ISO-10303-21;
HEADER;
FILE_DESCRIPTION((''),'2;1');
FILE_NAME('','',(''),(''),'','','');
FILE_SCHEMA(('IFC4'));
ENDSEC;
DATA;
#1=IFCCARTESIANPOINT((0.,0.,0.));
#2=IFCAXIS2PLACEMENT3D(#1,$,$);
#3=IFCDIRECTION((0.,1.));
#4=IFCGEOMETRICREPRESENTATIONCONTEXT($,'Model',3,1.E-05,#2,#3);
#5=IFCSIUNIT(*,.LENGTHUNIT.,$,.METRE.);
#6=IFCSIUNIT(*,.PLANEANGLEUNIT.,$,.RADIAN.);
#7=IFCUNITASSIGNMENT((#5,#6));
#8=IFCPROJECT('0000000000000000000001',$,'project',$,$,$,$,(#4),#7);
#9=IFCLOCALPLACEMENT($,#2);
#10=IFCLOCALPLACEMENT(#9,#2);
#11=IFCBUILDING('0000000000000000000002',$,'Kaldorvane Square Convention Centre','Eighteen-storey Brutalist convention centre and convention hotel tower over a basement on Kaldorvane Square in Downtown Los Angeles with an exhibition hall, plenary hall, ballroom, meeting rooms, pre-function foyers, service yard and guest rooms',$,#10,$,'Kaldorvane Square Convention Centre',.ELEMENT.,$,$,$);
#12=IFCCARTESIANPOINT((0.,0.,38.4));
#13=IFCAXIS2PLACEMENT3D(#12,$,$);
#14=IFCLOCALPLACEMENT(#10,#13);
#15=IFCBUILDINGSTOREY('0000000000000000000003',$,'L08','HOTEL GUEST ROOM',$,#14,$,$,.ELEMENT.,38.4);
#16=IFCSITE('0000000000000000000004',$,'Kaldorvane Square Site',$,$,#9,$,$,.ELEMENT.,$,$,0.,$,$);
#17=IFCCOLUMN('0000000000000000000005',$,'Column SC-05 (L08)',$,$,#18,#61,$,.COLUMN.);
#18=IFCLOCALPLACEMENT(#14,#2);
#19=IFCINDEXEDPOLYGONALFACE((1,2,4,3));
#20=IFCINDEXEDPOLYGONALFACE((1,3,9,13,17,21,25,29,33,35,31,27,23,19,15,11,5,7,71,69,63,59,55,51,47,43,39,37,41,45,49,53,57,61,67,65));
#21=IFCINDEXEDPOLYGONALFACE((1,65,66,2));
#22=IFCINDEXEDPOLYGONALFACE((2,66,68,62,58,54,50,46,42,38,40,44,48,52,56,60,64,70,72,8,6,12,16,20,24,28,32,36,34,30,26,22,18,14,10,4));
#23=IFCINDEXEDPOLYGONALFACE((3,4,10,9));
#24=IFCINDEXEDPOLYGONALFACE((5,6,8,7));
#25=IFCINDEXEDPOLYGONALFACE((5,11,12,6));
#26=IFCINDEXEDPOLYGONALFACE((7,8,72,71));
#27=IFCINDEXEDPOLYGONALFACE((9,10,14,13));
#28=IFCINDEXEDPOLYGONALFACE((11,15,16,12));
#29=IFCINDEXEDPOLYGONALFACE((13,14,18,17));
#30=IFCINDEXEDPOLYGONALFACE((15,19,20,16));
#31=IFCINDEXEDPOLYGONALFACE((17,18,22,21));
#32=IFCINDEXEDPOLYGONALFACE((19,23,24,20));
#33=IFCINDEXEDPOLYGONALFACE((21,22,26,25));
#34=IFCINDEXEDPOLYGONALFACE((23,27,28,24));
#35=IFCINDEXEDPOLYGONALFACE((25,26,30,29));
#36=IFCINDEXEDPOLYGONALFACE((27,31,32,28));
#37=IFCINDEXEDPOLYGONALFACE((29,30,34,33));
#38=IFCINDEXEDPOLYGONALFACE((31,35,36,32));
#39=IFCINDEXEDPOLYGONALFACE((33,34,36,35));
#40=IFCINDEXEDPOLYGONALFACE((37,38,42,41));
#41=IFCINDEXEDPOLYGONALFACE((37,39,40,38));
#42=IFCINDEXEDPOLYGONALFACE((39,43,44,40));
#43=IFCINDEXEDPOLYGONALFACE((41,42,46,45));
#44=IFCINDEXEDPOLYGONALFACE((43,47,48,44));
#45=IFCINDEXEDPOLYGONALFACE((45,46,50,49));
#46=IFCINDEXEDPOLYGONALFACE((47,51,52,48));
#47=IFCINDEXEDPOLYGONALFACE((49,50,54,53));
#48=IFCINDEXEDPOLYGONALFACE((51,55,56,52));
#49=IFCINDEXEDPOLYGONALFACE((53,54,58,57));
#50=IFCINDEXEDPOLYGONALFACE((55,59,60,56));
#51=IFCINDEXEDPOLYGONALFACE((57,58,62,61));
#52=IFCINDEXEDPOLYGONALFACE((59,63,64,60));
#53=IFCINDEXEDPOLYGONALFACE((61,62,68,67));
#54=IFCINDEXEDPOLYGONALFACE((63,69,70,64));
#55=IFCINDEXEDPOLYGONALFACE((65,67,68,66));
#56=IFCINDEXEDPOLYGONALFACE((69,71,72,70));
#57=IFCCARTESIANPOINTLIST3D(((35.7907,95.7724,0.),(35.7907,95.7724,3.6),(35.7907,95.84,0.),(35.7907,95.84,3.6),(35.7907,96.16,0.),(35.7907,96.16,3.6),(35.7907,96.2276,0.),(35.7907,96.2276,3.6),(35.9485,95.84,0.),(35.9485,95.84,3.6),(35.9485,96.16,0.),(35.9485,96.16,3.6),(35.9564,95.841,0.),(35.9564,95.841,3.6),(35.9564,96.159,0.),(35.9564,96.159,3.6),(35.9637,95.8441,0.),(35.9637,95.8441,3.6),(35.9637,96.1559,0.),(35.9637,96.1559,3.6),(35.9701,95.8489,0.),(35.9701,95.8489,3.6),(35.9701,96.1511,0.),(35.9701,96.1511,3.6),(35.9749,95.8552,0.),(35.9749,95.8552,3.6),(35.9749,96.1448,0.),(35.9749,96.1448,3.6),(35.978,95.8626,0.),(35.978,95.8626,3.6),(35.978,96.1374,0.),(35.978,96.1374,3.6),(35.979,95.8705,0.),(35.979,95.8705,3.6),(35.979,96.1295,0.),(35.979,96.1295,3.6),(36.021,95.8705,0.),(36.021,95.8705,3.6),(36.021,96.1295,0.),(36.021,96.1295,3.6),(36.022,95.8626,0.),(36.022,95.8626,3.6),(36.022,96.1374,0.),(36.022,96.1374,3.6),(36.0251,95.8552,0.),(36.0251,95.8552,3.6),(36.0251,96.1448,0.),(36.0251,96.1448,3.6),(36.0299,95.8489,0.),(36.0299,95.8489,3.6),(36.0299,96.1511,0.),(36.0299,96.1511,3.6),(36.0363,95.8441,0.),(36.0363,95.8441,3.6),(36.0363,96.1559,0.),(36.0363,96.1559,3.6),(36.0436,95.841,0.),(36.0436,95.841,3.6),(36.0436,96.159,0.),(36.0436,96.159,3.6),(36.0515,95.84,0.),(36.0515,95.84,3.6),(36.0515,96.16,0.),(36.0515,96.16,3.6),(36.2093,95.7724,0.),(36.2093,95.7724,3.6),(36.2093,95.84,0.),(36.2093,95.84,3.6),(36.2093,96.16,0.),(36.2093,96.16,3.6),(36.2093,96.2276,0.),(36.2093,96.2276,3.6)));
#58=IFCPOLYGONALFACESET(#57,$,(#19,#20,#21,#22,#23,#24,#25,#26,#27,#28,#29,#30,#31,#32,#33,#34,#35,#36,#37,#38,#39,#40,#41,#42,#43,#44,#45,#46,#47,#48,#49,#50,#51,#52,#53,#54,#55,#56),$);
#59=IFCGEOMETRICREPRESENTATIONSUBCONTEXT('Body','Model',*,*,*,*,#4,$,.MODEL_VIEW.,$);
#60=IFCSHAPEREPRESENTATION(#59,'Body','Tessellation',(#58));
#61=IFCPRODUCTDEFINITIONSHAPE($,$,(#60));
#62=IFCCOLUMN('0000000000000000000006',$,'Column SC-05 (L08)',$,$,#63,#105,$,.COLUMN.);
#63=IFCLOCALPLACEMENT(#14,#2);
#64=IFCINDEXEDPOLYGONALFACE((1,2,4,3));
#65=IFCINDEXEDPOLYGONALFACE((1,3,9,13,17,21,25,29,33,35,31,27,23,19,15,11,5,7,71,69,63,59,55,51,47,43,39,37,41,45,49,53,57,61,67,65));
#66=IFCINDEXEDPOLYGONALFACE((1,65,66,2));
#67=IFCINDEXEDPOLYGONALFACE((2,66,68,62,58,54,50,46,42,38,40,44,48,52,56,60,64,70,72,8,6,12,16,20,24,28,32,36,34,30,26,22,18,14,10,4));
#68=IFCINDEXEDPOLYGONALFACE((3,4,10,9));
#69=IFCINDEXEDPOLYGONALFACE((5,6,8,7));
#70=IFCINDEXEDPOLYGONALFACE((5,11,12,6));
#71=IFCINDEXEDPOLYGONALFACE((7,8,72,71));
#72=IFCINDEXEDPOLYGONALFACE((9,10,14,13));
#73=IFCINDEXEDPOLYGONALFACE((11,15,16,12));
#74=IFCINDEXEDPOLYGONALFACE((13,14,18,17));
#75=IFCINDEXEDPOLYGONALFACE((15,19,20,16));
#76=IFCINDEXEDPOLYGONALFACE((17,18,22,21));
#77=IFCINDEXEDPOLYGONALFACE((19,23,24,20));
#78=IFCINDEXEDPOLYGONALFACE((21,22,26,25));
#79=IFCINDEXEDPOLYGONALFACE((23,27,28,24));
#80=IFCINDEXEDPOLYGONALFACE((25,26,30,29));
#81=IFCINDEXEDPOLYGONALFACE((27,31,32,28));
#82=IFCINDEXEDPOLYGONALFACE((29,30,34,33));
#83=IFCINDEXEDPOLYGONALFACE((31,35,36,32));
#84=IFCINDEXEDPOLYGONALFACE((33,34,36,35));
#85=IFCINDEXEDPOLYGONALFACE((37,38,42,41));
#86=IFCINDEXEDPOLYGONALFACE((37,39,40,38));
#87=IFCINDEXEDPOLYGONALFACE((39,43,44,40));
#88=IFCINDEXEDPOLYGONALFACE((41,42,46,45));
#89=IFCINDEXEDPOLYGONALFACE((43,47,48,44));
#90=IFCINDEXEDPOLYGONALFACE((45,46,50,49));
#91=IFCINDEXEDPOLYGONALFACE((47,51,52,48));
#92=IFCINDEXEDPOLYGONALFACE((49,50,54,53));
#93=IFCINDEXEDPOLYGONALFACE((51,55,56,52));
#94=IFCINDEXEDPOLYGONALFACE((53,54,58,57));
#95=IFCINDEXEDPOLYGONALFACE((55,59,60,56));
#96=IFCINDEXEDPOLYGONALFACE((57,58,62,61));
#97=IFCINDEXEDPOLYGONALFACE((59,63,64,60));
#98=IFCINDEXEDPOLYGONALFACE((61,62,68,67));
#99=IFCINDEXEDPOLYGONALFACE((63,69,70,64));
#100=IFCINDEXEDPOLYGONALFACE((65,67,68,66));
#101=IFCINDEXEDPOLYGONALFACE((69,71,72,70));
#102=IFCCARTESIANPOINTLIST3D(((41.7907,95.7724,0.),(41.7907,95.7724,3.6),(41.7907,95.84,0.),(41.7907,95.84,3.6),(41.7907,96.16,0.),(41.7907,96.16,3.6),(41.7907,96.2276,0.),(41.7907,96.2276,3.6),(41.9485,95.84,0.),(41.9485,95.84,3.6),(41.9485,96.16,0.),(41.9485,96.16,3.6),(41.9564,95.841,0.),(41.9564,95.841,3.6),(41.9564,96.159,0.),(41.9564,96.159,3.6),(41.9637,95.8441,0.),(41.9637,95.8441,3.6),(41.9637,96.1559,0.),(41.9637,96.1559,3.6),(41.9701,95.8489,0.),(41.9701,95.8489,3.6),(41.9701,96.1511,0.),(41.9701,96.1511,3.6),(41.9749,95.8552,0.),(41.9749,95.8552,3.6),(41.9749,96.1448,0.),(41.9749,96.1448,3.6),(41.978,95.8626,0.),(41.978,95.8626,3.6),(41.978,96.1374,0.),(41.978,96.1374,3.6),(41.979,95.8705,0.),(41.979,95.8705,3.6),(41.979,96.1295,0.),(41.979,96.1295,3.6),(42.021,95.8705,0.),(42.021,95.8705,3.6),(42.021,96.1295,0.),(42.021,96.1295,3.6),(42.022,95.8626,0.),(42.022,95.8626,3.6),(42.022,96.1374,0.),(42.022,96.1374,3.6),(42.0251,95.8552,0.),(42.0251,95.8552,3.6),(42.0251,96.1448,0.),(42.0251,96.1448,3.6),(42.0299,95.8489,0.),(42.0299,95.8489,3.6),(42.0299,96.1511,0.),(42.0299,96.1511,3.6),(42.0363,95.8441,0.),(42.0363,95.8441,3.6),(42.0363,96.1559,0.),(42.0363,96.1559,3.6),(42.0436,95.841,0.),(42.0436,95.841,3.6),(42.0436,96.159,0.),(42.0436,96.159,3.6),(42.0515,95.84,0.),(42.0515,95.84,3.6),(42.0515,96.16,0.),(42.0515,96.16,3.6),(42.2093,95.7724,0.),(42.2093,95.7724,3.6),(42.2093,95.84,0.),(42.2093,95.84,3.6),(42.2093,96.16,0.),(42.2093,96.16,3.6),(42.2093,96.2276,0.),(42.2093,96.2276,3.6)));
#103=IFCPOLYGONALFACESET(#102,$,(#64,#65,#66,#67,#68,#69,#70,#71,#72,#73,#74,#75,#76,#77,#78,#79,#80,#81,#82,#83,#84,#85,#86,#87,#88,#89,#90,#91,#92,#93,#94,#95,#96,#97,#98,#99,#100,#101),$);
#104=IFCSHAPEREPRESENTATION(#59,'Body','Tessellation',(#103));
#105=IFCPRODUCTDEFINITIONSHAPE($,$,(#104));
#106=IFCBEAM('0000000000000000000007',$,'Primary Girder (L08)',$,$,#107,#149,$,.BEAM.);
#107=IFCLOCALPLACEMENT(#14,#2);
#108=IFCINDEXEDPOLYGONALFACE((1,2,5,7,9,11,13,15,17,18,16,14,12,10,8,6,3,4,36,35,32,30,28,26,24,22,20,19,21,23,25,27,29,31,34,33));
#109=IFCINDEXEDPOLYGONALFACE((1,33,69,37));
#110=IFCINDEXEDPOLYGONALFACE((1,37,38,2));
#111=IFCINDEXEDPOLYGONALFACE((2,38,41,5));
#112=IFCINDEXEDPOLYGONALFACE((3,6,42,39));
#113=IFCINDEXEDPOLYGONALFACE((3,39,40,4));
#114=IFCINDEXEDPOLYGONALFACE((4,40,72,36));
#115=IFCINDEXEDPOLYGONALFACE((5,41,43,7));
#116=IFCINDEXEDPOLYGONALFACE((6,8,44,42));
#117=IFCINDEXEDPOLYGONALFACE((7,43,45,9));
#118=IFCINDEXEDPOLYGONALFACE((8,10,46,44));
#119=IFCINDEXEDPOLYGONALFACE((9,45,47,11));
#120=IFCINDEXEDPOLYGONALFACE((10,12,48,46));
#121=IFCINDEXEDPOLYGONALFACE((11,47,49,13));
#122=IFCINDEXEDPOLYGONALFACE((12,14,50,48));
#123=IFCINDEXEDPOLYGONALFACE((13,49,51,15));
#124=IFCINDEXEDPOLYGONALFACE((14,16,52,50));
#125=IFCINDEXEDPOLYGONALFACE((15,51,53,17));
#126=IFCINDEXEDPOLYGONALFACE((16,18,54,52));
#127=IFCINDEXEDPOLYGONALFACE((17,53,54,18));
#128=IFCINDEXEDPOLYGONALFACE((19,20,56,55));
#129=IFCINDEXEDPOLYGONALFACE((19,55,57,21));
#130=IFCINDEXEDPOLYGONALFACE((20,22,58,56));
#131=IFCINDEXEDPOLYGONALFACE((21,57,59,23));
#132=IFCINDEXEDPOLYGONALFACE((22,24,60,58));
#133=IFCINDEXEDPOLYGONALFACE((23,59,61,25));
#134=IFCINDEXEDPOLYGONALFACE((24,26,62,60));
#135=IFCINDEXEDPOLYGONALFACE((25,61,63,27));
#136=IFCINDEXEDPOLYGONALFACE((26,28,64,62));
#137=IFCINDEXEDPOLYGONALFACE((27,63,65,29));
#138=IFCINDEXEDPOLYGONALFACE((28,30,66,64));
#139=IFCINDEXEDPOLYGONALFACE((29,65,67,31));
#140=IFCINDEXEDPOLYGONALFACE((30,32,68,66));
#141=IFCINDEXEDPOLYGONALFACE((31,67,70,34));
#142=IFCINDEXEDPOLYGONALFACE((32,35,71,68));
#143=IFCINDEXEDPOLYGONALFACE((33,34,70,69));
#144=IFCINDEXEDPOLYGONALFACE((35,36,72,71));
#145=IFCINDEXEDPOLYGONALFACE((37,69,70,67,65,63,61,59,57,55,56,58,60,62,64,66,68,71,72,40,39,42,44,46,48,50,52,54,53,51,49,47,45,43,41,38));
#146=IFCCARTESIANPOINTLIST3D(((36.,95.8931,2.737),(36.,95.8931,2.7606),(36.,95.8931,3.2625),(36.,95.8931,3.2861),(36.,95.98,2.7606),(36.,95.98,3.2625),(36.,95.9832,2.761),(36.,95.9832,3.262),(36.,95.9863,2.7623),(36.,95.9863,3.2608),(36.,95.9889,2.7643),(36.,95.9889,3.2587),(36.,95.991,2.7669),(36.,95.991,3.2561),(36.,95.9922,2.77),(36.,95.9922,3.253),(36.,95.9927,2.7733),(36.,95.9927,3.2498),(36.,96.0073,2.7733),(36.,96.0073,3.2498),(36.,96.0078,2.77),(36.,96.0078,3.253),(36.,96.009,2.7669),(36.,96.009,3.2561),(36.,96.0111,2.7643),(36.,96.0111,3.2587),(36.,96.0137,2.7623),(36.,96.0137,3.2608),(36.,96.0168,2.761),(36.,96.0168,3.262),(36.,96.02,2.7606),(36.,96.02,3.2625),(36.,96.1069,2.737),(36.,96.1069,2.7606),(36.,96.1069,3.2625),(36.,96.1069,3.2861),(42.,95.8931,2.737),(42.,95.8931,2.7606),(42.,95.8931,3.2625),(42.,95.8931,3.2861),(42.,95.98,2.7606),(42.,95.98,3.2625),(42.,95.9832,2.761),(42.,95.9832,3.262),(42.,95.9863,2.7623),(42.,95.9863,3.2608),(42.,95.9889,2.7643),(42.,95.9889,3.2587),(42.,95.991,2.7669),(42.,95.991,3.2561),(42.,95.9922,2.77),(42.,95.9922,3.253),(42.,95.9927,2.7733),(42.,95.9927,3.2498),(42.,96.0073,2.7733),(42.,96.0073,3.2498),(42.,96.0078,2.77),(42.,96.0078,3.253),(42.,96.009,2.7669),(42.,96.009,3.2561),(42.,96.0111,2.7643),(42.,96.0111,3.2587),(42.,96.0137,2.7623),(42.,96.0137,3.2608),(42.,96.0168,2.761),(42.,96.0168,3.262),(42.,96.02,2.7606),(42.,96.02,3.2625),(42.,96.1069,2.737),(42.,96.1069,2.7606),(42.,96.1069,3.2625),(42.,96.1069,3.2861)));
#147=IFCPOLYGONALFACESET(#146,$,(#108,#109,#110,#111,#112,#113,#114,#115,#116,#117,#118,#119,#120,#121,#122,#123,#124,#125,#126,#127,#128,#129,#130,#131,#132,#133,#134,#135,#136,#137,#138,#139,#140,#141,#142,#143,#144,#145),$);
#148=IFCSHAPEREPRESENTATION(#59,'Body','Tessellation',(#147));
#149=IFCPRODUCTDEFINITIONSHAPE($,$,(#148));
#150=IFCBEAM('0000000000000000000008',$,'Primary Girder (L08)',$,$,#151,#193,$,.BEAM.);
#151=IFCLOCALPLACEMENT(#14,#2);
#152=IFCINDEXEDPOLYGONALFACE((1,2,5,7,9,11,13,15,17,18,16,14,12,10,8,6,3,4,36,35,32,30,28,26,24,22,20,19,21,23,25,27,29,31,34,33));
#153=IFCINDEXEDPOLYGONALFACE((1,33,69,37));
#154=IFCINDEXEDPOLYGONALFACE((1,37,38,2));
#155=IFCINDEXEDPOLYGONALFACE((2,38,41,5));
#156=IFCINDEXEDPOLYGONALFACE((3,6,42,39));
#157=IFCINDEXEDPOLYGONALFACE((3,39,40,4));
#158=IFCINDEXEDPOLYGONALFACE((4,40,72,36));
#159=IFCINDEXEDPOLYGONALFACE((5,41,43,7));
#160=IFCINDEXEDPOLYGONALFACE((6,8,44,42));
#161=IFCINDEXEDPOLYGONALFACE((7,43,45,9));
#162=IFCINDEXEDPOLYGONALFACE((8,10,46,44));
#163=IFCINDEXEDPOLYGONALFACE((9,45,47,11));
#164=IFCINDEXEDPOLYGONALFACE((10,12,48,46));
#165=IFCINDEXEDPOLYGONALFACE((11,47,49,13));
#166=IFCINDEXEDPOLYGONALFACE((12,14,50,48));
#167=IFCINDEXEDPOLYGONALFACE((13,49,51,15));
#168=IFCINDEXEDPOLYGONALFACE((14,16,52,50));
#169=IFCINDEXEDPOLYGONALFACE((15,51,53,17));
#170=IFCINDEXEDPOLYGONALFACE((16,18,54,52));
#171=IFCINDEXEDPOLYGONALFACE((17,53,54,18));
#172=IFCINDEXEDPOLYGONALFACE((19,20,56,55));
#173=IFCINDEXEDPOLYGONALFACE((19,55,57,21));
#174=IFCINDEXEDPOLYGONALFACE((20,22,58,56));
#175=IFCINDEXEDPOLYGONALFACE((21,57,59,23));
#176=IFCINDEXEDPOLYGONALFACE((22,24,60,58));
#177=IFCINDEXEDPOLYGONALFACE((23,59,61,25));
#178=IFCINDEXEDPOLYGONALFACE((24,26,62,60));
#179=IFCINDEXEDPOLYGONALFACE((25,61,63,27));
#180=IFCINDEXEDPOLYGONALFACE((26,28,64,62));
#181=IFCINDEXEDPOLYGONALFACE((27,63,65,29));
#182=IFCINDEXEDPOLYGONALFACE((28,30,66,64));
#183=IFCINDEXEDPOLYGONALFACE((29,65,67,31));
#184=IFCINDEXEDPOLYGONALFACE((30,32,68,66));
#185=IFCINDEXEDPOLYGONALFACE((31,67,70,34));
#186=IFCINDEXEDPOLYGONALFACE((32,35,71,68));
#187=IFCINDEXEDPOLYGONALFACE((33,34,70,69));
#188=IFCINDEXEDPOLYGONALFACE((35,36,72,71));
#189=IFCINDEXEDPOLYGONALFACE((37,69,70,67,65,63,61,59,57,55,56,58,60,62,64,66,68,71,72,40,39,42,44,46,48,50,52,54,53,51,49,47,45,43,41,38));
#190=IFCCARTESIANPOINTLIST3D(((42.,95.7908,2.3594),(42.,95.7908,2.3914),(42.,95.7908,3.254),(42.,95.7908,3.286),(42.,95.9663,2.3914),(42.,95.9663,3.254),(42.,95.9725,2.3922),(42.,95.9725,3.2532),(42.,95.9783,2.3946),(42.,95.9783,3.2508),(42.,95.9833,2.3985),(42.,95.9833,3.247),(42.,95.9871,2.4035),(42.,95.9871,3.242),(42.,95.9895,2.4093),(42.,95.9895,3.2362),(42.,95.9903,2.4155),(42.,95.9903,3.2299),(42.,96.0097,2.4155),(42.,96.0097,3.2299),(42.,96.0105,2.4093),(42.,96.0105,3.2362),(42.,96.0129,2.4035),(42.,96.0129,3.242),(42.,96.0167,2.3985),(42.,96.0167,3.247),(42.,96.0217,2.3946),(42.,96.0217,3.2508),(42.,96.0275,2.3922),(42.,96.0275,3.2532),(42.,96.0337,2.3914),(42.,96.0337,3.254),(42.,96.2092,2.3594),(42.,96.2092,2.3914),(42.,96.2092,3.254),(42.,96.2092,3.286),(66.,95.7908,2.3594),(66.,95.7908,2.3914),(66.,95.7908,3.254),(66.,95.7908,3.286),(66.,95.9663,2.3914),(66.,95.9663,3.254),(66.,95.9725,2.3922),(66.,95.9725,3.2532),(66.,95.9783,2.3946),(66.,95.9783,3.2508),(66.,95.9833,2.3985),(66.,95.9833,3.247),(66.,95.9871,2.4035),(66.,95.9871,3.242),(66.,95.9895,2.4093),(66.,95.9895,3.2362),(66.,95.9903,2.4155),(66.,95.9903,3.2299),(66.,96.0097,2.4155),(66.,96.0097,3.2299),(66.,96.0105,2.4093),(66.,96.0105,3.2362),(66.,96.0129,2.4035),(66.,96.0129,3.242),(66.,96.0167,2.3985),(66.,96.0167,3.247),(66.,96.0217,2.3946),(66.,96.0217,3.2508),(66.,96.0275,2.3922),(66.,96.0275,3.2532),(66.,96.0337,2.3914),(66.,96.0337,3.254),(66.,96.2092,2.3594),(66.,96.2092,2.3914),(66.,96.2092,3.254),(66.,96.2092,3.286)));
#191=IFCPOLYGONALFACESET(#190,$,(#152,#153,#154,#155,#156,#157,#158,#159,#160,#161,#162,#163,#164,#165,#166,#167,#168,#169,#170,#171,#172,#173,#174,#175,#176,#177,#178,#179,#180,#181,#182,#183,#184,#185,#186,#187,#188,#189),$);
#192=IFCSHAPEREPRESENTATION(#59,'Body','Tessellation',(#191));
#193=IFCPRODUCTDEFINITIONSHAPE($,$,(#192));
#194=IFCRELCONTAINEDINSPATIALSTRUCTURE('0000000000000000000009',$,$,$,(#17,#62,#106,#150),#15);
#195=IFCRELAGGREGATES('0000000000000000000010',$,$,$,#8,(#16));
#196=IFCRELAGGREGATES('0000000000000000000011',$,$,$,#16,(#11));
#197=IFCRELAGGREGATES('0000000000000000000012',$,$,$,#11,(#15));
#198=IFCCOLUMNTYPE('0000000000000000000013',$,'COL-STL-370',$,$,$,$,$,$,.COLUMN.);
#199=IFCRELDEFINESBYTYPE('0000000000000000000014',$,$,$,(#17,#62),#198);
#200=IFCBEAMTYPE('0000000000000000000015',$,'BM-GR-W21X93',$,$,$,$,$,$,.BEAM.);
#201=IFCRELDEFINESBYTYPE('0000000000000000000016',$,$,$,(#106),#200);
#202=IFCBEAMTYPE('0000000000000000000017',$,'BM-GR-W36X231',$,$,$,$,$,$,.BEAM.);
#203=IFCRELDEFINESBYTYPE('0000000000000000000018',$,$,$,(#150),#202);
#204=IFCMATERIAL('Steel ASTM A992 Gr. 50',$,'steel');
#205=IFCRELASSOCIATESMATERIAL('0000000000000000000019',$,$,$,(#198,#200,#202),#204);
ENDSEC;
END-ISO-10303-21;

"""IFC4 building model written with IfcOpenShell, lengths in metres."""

from ifc_helpers import new_model, si_unit, direction, frame, origin, origin_2d, place, context, subcontext, project, spatial, i_section, extrude, material, material_profile, profile_set, type_object, element, save


model = new_model("IFC4")

# Units and contexts
model_context = context("Model", 3, precision=1e-05, world=origin(), true_north=direction((0.0, 1.0)))
body_context = subcontext(model_context, "Body", "Model", "MODEL_VIEW")
ifc_project = project(units=[si_unit("LENGTHUNIT", "METRE"), si_unit("PLANEANGLEUNIT", "RADIAN")], contexts=[model_context])

# Site, building, storey
site_placement = place(None, origin())
site = spatial("IfcSite", under=ifc_project, at=site_placement, Name="Kaldorvane Square Site", CompositionType="ELEMENT", RefElevation=0.0)
building_placement = place(site_placement, origin())
building = spatial("IfcBuilding", under=site, at=building_placement, Name="Kaldorvane Square Convention Centre", Description="Eighteen-storey Brutalist convention centre and convention hotel tower over a basement on Kaldorvane Square in Downtown Los Angeles with an exhibition hall, plenary hall, ballroom, meeting rooms, pre-function foyers, service yard and guest rooms", LongName="Kaldorvane Square Convention Centre", CompositionType="ELEMENT")
storey_placement = place(building_placement, frame((0.0, 0.0, 38.4)))
storey = spatial("IfcBuildingStorey", under=building, at=storey_placement, Name="L08", Description="HOTEL GUEST ROOM", CompositionType="ELEMENT", Elevation=38.4)

# Columns
ifc_material_1 = material(Name="Steel ASTM A992 Gr. 50", Category="steel")
ifc_material_profile_1 = material_profile(ifc_material_1, i_section(OverallWidth=0.4185, OverallDepth=0.4552, WebThickness=0.042, FlangeThickness=0.0676, FilletRadius=0.0305, at=origin_2d()), Name="W14X370")
ifc_profile_set_1 = profile_set([ifc_material_profile_1], Name="Steel ASTM A992 Gr. 50")
column_type = type_object("IfcColumnType", Name="COL-STL-370", PredefinedType="COLUMN", material=ifc_profile_set_1)
for number, where, z_axis, x_axis, name in (
    (1, (36.0, 96.0, 0.0), (0.0, 0.0, 1.0), (1.0, 0.0, 0.0), "Column SC-05 (L08)"),
    (2, (42.0, 96.0, 0.0), (0.0, 0.0, 1.0), (1.0, 0.0, 0.0), "Column SC-05 (L08)"),
):
    element("IfcColumn", number, at=place(storey_placement, frame(where, z_axis=z_axis, x_axis=x_axis)), inside=storey, type_object=column_type, Name=name, PredefinedType="COLUMN", context=body_context, shape_type="SweptSolid", body=[
        extrude(i_section(OverallWidth=0.4185, OverallDepth=0.4552, WebThickness=0.042, FlangeThickness=0.0676, FilletRadius=0.0305, at=origin_2d()), origin(), (0.0, 0.0, 1.0), 3.6),
    ])

# Beams
ifc_material_profile_2 = material_profile(ifc_material_1, i_section(OverallWidth=0.2139, OverallDepth=0.5491, WebThickness=0.0147, FlangeThickness=0.0236, FilletRadius=0.0127, at=origin_2d()), Name="W21X93")
ifc_profile_set_2 = profile_set([ifc_material_profile_2], Name="Steel ASTM A992 Gr. 50")
beam_type_1 = type_object("IfcBeamType", Name="BM-GR-W21X93", PredefinedType="BEAM", material=ifc_profile_set_2)
beam_1_placement = place(storey_placement, frame((36.0, 96.0, 3.0115), z_axis=(1.0, 0.0, 0.0), x_axis=(0.0, 1.0, 0.0)))
element("IfcBeam", 3, at=beam_1_placement, inside=storey, type_object=beam_type_1, Name="Primary Girder (L08)", PredefinedType="BEAM", context=body_context, shape_type="SweptSolid", body=[
    extrude(i_section(OverallWidth=0.2139, OverallDepth=0.5491, WebThickness=0.0147, FlangeThickness=0.0236, FilletRadius=0.0127, at=origin_2d()), origin(), (0.0, 0.0, 1.0), 6.0),
])
ifc_material_profile_3 = material_profile(ifc_material_1, i_section(OverallWidth=0.4183, OverallDepth=0.9266, WebThickness=0.0193, FlangeThickness=0.032, FilletRadius=0.0241, at=origin_2d()), Name="W36X231")
ifc_profile_set_3 = profile_set([ifc_material_profile_3], Name="Steel ASTM A992 Gr. 50")
beam_type_2 = type_object("IfcBeamType", Name="BM-GR-W36X231", PredefinedType="BEAM", material=ifc_profile_set_3)
beam_2_placement = place(storey_placement, frame((42.0, 96.0, 2.8227), z_axis=(1.0, 0.0, 0.0), x_axis=(0.0, 1.0, 0.0)))
element("IfcBeam", 4, at=beam_2_placement, inside=storey, type_object=beam_type_2, Name="Primary Girder (L08)", PredefinedType="BEAM", context=body_context, shape_type="SweptSolid", body=[
    extrude(i_section(OverallWidth=0.4183, OverallDepth=0.9266, WebThickness=0.0193, FlangeThickness=0.032, FilletRadius=0.0241, at=origin_2d()), origin(), (0.0, 0.0, 1.0), 24.0),
])

save(model, "model.ifc")
